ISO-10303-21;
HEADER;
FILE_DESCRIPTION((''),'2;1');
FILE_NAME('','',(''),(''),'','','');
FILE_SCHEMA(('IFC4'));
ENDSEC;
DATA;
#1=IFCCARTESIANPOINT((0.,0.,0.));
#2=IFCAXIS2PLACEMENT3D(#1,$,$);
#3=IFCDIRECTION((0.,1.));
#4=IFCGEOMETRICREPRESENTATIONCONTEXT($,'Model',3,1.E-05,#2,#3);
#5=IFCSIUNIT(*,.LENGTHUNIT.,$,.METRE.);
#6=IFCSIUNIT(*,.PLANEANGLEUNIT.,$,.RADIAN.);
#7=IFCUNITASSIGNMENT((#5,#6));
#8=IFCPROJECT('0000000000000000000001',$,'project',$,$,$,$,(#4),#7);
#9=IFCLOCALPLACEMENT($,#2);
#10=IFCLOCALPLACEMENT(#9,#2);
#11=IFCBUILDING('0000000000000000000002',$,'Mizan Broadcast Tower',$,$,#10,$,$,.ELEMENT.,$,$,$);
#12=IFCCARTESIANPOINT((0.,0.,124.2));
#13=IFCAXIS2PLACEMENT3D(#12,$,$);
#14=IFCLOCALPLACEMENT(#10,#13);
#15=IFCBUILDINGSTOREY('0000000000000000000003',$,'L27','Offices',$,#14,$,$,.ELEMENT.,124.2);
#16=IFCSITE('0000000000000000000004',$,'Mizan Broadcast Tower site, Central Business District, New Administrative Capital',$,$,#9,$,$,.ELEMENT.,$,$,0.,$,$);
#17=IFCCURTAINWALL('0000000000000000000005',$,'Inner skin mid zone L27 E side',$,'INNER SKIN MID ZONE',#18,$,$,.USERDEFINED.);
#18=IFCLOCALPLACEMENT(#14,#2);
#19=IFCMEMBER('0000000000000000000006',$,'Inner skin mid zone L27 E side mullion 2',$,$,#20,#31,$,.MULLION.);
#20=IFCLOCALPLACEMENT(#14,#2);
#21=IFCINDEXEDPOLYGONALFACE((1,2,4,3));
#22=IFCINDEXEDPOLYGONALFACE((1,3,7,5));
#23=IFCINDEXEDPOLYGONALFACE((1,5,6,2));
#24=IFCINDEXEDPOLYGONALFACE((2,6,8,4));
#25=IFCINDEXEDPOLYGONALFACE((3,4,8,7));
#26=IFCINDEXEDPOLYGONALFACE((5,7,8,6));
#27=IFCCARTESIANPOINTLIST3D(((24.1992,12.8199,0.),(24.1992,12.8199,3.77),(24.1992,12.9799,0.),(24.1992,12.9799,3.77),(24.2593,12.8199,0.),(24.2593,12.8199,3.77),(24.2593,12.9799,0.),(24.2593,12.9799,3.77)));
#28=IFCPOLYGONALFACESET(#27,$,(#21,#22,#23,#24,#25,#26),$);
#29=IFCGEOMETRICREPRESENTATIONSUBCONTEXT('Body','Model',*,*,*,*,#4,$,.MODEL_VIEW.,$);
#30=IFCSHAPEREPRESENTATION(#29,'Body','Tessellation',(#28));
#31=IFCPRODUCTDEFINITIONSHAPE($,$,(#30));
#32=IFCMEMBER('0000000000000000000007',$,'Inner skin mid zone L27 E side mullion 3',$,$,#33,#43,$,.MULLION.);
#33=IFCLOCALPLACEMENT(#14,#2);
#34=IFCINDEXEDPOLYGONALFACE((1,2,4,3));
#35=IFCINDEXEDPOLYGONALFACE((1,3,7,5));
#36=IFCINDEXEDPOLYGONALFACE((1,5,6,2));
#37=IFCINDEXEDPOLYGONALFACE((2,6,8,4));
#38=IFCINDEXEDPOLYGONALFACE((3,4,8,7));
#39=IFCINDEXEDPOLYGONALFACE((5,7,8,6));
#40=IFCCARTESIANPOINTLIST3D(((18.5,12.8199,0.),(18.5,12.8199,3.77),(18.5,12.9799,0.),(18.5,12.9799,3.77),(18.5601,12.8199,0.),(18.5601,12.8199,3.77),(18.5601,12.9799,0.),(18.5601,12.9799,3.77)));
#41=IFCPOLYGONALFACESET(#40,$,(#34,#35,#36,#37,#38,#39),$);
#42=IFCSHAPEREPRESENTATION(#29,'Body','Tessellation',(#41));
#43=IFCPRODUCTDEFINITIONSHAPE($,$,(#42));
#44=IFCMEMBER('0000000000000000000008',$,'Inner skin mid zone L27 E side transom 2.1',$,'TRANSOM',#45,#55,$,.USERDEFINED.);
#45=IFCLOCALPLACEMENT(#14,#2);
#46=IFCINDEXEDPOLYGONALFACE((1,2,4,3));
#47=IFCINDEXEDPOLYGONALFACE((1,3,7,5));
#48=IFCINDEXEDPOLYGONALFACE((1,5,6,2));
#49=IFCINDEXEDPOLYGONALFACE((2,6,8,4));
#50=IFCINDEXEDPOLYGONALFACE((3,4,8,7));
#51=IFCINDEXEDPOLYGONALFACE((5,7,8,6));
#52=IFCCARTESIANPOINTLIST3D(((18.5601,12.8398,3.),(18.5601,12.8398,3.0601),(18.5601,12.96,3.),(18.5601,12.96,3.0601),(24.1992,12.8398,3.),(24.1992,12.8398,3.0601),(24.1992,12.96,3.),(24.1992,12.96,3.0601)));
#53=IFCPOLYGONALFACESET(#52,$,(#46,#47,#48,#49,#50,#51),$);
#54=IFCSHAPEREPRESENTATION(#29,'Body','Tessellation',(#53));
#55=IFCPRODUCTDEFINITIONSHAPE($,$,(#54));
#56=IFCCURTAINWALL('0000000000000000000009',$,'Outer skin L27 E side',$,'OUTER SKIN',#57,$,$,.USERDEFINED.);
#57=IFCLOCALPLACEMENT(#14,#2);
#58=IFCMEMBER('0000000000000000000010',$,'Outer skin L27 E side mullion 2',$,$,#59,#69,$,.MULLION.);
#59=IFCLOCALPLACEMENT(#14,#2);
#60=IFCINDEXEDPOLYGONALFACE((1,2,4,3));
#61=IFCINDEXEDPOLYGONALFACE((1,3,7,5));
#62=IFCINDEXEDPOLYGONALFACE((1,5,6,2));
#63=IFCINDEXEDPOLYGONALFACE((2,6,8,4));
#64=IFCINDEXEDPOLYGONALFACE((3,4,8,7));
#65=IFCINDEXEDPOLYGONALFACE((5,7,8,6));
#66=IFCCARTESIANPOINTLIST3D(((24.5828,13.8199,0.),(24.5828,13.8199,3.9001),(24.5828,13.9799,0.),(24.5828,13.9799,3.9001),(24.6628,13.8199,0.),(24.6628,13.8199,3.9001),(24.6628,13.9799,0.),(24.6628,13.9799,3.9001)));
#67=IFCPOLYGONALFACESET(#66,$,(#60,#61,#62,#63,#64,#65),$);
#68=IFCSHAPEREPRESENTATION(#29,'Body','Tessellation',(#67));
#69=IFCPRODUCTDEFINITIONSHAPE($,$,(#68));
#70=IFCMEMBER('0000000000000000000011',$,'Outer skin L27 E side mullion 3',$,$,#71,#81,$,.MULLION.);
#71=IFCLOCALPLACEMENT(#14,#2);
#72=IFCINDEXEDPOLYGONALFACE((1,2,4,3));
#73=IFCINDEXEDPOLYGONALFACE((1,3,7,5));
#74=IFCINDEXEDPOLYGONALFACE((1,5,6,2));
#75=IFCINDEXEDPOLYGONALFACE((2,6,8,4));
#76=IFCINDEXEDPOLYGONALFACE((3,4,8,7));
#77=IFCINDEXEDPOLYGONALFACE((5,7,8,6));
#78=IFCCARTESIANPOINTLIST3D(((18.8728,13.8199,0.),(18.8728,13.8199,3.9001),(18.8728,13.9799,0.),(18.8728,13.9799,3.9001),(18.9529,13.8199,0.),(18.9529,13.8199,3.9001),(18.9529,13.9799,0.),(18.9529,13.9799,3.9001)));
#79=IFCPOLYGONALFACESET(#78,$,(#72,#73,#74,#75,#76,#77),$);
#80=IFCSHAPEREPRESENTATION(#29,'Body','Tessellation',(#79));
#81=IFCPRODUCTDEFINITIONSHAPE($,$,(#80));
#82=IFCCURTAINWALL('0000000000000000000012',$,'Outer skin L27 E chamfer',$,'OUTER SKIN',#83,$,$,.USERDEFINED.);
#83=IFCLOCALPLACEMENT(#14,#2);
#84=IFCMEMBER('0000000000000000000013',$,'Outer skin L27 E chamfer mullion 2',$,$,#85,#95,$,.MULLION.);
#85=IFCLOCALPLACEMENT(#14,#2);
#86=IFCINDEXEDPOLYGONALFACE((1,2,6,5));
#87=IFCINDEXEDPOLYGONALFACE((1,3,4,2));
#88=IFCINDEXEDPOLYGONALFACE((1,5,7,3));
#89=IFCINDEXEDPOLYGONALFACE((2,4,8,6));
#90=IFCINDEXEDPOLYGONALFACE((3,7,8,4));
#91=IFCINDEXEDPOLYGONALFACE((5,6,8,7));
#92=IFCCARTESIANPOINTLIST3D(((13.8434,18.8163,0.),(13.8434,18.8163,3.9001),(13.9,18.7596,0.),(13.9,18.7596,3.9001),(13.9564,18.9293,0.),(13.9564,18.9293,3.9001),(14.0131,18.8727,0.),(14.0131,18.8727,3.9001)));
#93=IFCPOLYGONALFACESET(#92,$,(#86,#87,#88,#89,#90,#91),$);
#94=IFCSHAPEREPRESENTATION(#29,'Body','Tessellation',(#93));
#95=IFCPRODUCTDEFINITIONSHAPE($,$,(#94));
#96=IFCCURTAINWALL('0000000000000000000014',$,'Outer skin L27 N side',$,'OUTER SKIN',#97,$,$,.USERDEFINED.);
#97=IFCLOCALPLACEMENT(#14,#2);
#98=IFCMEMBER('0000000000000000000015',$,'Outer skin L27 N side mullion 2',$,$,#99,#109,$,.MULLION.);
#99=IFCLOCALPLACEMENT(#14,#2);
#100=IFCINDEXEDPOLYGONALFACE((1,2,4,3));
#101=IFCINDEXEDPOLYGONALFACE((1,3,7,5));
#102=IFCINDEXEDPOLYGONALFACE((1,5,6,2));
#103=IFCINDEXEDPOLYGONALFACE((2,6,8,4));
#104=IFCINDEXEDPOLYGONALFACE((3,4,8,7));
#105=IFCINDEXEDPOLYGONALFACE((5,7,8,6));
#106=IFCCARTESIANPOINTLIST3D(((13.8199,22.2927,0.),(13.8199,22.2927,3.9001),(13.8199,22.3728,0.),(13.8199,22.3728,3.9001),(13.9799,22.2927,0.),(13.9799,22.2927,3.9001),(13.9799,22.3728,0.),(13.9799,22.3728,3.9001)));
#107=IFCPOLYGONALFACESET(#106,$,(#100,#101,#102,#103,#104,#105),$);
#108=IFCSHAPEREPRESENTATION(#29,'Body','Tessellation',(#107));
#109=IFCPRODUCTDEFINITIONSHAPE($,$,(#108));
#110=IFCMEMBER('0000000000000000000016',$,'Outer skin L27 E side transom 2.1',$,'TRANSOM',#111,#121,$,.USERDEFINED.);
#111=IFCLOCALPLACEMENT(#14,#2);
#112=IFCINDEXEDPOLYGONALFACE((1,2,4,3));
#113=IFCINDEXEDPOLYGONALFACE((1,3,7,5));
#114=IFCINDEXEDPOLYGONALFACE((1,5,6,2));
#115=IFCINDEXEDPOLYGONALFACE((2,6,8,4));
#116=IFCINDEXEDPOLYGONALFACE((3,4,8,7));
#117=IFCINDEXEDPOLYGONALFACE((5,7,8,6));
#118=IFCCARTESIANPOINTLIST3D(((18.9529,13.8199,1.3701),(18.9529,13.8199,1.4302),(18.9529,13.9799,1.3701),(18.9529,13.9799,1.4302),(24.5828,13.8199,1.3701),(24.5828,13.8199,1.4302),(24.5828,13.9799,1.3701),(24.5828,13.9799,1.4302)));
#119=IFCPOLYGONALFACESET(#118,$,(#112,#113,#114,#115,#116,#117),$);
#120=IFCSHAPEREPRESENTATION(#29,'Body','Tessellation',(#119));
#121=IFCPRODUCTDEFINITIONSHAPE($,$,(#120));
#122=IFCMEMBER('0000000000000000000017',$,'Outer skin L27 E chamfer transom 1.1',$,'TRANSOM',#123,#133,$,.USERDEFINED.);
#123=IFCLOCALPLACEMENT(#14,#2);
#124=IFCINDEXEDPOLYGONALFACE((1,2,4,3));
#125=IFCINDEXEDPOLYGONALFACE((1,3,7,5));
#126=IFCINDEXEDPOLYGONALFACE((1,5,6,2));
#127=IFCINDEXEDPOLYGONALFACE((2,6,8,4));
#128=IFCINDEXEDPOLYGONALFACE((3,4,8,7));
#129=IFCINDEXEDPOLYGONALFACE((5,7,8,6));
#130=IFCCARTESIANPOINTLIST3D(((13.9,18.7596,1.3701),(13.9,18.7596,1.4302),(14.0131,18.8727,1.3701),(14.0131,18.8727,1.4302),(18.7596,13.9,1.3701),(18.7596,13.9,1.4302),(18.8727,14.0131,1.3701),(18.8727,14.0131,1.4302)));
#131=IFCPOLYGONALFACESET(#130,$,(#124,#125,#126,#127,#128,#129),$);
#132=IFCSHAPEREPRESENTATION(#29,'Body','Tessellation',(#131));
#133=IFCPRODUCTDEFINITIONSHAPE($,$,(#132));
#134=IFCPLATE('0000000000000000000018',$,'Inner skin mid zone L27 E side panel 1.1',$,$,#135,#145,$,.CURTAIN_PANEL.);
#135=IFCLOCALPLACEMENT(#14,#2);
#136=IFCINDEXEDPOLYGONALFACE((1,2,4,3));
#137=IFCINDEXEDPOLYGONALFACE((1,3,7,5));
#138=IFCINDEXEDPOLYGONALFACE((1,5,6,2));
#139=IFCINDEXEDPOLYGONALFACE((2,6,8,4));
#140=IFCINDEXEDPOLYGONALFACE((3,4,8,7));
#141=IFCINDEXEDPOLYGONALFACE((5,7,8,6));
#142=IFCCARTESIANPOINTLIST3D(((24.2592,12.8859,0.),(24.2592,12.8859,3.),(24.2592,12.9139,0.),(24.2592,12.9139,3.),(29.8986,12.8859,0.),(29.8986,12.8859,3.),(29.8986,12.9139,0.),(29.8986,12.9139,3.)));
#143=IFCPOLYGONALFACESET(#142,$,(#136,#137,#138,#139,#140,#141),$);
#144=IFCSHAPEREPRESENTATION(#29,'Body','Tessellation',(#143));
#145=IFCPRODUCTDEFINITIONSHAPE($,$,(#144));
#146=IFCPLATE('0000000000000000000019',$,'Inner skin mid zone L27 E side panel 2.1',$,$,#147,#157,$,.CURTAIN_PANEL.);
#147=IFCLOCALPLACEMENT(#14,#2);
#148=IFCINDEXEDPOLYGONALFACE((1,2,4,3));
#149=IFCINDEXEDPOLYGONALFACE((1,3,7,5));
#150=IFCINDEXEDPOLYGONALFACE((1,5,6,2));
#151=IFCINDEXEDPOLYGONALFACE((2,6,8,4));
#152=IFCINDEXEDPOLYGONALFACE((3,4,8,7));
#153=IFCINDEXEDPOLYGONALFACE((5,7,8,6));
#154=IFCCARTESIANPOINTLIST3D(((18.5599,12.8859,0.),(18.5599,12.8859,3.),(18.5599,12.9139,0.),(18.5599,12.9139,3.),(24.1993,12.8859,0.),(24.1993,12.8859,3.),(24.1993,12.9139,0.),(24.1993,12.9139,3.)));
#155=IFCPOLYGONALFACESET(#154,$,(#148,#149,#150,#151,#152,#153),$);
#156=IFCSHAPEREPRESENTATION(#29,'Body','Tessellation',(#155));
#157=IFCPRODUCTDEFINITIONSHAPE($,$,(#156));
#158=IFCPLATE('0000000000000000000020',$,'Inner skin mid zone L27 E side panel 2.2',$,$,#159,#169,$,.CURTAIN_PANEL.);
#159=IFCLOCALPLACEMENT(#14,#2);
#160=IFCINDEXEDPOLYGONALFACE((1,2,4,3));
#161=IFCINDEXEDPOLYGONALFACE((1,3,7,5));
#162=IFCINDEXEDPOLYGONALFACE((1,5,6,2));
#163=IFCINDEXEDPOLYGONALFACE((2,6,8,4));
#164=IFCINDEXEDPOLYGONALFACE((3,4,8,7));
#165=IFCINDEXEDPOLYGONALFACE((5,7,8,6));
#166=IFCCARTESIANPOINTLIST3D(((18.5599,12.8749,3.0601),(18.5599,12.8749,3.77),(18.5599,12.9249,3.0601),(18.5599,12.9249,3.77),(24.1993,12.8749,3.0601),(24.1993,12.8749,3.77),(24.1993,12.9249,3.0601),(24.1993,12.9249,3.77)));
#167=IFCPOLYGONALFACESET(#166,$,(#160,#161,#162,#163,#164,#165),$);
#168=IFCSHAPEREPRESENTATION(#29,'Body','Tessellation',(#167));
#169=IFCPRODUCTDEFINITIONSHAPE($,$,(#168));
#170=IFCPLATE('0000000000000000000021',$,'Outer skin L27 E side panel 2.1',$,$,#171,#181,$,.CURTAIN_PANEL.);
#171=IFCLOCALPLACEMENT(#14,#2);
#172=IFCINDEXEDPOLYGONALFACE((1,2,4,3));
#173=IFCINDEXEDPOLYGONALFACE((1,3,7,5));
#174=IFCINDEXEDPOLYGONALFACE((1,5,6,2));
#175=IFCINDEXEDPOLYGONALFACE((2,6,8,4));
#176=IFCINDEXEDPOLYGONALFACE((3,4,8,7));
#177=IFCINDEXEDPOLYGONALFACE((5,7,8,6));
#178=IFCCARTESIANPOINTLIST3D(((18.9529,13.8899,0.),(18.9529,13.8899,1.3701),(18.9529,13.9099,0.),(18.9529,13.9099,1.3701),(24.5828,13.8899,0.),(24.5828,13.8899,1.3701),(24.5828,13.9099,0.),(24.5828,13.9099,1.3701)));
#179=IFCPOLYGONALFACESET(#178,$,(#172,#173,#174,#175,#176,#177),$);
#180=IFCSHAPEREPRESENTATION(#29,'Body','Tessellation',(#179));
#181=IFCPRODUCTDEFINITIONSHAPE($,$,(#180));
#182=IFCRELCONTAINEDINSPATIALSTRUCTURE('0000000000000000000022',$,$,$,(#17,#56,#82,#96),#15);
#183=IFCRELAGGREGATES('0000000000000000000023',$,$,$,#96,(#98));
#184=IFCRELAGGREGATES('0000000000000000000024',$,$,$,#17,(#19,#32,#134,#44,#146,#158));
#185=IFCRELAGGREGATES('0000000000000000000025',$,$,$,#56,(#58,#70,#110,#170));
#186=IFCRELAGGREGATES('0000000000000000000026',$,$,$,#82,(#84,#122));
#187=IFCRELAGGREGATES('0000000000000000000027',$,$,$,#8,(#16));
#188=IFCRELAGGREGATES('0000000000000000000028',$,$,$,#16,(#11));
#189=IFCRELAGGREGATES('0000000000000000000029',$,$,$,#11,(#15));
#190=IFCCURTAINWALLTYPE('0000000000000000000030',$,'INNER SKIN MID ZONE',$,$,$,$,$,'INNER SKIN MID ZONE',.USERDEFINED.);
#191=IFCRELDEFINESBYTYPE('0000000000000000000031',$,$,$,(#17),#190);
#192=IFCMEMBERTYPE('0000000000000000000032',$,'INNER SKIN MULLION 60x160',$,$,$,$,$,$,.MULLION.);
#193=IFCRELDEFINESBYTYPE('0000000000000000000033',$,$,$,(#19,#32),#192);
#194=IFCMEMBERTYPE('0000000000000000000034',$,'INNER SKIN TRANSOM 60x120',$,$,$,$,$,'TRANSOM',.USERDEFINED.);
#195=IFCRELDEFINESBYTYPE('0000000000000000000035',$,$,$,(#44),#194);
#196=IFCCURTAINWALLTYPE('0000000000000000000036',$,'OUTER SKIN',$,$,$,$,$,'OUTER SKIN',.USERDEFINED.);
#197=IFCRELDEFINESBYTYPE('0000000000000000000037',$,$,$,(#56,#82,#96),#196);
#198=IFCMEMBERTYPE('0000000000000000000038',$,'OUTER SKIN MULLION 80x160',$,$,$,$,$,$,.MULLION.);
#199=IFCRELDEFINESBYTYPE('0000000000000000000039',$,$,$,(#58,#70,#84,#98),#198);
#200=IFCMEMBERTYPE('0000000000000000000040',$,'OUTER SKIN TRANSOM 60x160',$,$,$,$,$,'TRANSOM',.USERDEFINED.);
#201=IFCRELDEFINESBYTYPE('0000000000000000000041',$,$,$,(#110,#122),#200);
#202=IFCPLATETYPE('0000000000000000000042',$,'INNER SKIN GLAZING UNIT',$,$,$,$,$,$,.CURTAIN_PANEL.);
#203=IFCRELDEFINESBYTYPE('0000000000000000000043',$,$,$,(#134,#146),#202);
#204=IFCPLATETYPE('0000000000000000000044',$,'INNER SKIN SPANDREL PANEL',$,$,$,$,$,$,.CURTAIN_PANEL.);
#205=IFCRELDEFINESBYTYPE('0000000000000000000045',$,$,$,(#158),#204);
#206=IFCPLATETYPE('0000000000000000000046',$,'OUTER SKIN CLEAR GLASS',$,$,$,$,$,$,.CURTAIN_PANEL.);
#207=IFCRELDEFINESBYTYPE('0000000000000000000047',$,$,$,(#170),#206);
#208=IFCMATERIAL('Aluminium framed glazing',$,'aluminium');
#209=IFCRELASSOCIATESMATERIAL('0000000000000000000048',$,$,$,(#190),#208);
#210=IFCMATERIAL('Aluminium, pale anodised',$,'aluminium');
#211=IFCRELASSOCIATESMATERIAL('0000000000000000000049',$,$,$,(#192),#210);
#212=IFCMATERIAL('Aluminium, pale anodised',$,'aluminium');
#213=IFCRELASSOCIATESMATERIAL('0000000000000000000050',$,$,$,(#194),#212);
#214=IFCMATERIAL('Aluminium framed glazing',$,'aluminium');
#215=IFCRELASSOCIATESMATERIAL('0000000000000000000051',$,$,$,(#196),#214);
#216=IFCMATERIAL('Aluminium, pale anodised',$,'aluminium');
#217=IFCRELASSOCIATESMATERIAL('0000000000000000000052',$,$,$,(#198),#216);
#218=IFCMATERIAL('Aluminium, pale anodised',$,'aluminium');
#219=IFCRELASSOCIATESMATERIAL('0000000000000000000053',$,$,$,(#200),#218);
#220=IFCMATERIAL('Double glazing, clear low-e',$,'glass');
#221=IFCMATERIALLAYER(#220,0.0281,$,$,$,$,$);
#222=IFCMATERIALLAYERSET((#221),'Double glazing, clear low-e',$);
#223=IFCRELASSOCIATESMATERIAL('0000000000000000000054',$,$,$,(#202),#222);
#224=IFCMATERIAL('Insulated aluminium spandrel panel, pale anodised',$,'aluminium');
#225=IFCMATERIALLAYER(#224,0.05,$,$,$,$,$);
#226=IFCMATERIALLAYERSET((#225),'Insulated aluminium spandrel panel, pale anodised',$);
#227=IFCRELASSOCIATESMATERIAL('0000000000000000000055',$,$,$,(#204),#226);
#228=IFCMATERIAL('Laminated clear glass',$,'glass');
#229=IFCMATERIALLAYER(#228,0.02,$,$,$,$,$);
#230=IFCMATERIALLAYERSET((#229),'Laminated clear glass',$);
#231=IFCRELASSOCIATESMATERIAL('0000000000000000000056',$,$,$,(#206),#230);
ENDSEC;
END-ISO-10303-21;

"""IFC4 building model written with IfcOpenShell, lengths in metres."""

from ifc_helpers import new_model, si_unit, direction, frame, origin, origin_2d, place, context, subcontext, project, spatial, rectangle, extrude, material, layer, layer_set, material_profile, profile_set, type_object, element, aggregate, save


model = new_model("IFC4")

# Units and contexts
model_context = context("Model", 3, precision=1e-05, world=origin(), true_north=direction((0.0, 1.0)))
body_context = subcontext(model_context, "Body", "Model", "MODEL_VIEW")
ifc_project = project(units=[si_unit("LENGTHUNIT", "METRE"), si_unit("PLANEANGLEUNIT", "RADIAN")], contexts=[model_context])

# Site, building, storey
site_placement = place(None, origin())
site = spatial("IfcSite", under=ifc_project, at=site_placement, Name="Mizan Broadcast Tower site, Central Business District, New Administrative Capital", CompositionType="ELEMENT", RefElevation=0.0)
building_placement = place(site_placement, origin())
building = spatial("IfcBuilding", under=site, at=building_placement, Name="Mizan Broadcast Tower", CompositionType="ELEMENT")
storey_placement = place(building_placement, frame((0.0, 0.0, 124.2)))
storey = spatial("IfcBuildingStorey", under=building, at=storey_placement, Name="L27", Description="Offices", CompositionType="ELEMENT", Elevation=124.2)

# Curtain walls, members
ifc_material_1 = material(Name="Aluminium framed glazing", Category="aluminium")
curtain_wall_type_1 = type_object("IfcCurtainWallType", Name="INNER SKIN MID ZONE", ElementType="INNER SKIN MID ZONE", PredefinedType="USERDEFINED", material=ifc_material_1)
curtain_wall_1_placement = place(storey_placement, origin())
curtain_wall_1 = element("IfcCurtainWall", 1, at=curtain_wall_1_placement, inside=storey, type_object=curtain_wall_type_1, Name="Inner skin mid zone L27 E side", ObjectType="INNER SKIN MID ZONE", PredefinedType="USERDEFINED")
ifc_material_2 = material(Name="Aluminium, pale anodised", Category="aluminium")
ifc_material_profile_1 = material_profile(ifc_material_2, rectangle(XDim=0.1599, YDim=0.0601, at=origin_2d()), Name="MULLION 160x60")
ifc_profile_set_1 = profile_set([ifc_material_profile_1], Name="Aluminium, pale anodised")
member_type_1 = type_object("IfcMemberType", Name="INNER SKIN MULLION 60x160", PredefinedType="MULLION", material=ifc_profile_set_1)
member_1_placement = place(storey_placement, frame((24.2292, 12.8999, 0.0), z_axis=(0.0, 0.0, 1.0), x_axis=(0.0, -1.0, 0.0)))
member_1 = element("IfcMember", 2, at=member_1_placement, type_object=member_type_1, Name="Inner skin mid zone L27 E side mullion 2", PredefinedType="MULLION", context=body_context, shape_type="SweptSolid", body=[
    extrude(rectangle(XDim=0.1599, YDim=0.0601, at=origin_2d()), origin(), (0.0, 0.0, 1.0), 3.77),
])
member_2_placement = place(storey_placement, frame((18.53, 12.8999, 0.0), z_axis=(0.0, 0.0, 1.0), x_axis=(0.0, -1.0, 0.0)))
member_2 = element("IfcMember", 3, at=member_2_placement, type_object=member_type_1, Name="Inner skin mid zone L27 E side mullion 3", PredefinedType="MULLION", context=body_context, shape_type="SweptSolid", body=[
    extrude(rectangle(XDim=0.1599, YDim=0.0601, at=origin_2d()), origin(), (0.0, 0.0, 1.0), 3.77),
])
ifc_material_3 = material(Name="Aluminium, pale anodised", Category="aluminium")
ifc_material_profile_2 = material_profile(ifc_material_3, rectangle(XDim=0.1201, YDim=0.0601, at=origin_2d()), Name="TRANSOM 120x60")
ifc_profile_set_2 = profile_set([ifc_material_profile_2], Name="Aluminium, pale anodised")
member_type_2 = type_object("IfcMemberType", Name="INNER SKIN TRANSOM 60x120", ElementType="TRANSOM", PredefinedType="USERDEFINED", material=ifc_profile_set_2)
member_3_placement = place(storey_placement, frame((24.1992, 12.8999, 3.03), z_axis=(-1.0, 0.0, 0.0), x_axis=(0.0, -1.0, 0.0)))
member_3 = element("IfcMember", 4, at=member_3_placement, type_object=member_type_2, Name="Inner skin mid zone L27 E side transom 2.1", ObjectType="TRANSOM", PredefinedType="USERDEFINED", context=body_context, shape_type="SweptSolid", body=[
    extrude(rectangle(XDim=0.1201, YDim=0.0601, at=origin_2d()), origin(), (0.0, 0.0, 1.0), 5.6392),
])
ifc_material_4 = material(Name="Aluminium framed glazing", Category="aluminium")
curtain_wall_type_2 = type_object("IfcCurtainWallType", Name="OUTER SKIN", ElementType="OUTER SKIN", PredefinedType="USERDEFINED", material=ifc_material_4)
curtain_wall_2_placement = place(storey_placement, origin())
curtain_wall_2 = element("IfcCurtainWall", 5, at=curtain_wall_2_placement, inside=storey, type_object=curtain_wall_type_2, Name="Outer skin L27 E side", ObjectType="OUTER SKIN", PredefinedType="USERDEFINED")
ifc_material_5 = material(Name="Aluminium, pale anodised", Category="aluminium")
ifc_material_profile_3 = material_profile(ifc_material_5, rectangle(XDim=0.1599, YDim=0.0801, at=origin_2d()), Name="MULLION 160x80")
ifc_profile_set_3 = profile_set([ifc_material_profile_3], Name="Aluminium, pale anodised")
member_type_3 = type_object("IfcMemberType", Name="OUTER SKIN MULLION 80x160", PredefinedType="MULLION", material=ifc_profile_set_3)
member_4_placement = place(storey_placement, frame((24.6228, 13.8999, 0.0), z_axis=(0.0, 0.0, 1.0), x_axis=(0.0, -1.0, 0.0)))
member_4 = element("IfcMember", 6, at=member_4_placement, type_object=member_type_3, Name="Outer skin L27 E side mullion 2", PredefinedType="MULLION", context=body_context, shape_type="SweptSolid", body=[
    extrude(rectangle(XDim=0.1599, YDim=0.0801, at=origin_2d()), origin(), (0.0, 0.0, 1.0), 3.9001),
])
member_5_placement = place(storey_placement, frame((18.9128, 13.8999, 0.0), z_axis=(0.0, 0.0, 1.0), x_axis=(0.0, -1.0, 0.0)))
member_5 = element("IfcMember", 7, at=member_5_placement, type_object=member_type_3, Name="Outer skin L27 E side mullion 3", PredefinedType="MULLION", context=body_context, shape_type="SweptSolid", body=[
    extrude(rectangle(XDim=0.1599, YDim=0.0801, at=origin_2d()), origin(), (0.0, 0.0, 1.0), 3.9001),
])

# Curtain walls, members
curtain_wall_3_placement = place(storey_placement, origin())
curtain_wall_3 = element("IfcCurtainWall", 8, at=curtain_wall_3_placement, inside=storey, type_object=curtain_wall_type_2, Name="Outer skin L27 E chamfer", ObjectType="OUTER SKIN", PredefinedType="USERDEFINED")
member_6_placement = place(storey_placement, frame((13.9282, 18.8445, 0.0), z_axis=(0.0, 0.0, 1.0), x_axis=(-0.707107, -0.707107, 0.0)))
member_6 = element("IfcMember", 9, at=member_6_placement, type_object=member_type_3, Name="Outer skin L27 E chamfer mullion 2", PredefinedType="MULLION", context=body_context, shape_type="SweptSolid", body=[
    extrude(rectangle(XDim=0.1599, YDim=0.0801, at=origin_2d()), origin(), (0.0, 0.0, 1.0), 3.9001),
])
curtain_wall_4_placement = place(storey_placement, origin())
curtain_wall_4 = element("IfcCurtainWall", 10, at=curtain_wall_4_placement, inside=storey, type_object=curtain_wall_type_2, Name="Outer skin L27 N side", ObjectType="OUTER SKIN", PredefinedType="USERDEFINED")
member_7_placement = place(storey_placement, frame((13.8999, 22.3328, 0.0), z_axis=(0.0, 0.0, 1.0), x_axis=(-1.0, 0.0, 0.0)))
member_7 = element("IfcMember", 11, at=member_7_placement, type_object=member_type_3, Name="Outer skin L27 N side mullion 2", PredefinedType="MULLION", context=body_context, shape_type="SweptSolid", body=[
    extrude(rectangle(XDim=0.1599, YDim=0.0801, at=origin_2d()), origin(), (0.0, 0.0, 1.0), 3.9001),
])
aggregate(curtain_wall_4, [member_7])

# Members
ifc_material_6 = material(Name="Aluminium, pale anodised", Category="aluminium")
ifc_material_profile_4 = material_profile(ifc_material_6, rectangle(XDim=0.1599, YDim=0.0601, at=origin_2d()), Name="TRANSOM 160x60")
ifc_profile_set_4 = profile_set([ifc_material_profile_4], Name="Aluminium, pale anodised")
member_type_4 = type_object("IfcMemberType", Name="OUTER SKIN TRANSOM 60x160", ElementType="TRANSOM", PredefinedType="USERDEFINED", material=ifc_profile_set_4)
member_8_placement = place(storey_placement, frame((24.5828, 13.8999, 1.4001), z_axis=(-1.0, 0.0, 0.0), x_axis=(0.0, -1.0, 0.0)))
member_8 = element("IfcMember", 12, at=member_8_placement, type_object=member_type_4, Name="Outer skin L27 E side transom 2.1", ObjectType="TRANSOM", PredefinedType="USERDEFINED", context=body_context, shape_type="SweptSolid", body=[
    extrude(rectangle(XDim=0.1599, YDim=0.0601, at=origin_2d()), origin(), (0.0, 0.0, 1.0), 5.6299),
])
member_9_placement = place(storey_placement, frame((18.8162, 13.9565, 1.4001), z_axis=(-0.707107, 0.707107, 0.0), x_axis=(-0.707107, -0.707107, 0.0)))
member_9 = element("IfcMember", 13, at=member_9_placement, type_object=member_type_4, Name="Outer skin L27 E chamfer transom 1.1", ObjectType="TRANSOM", PredefinedType="USERDEFINED", context=body_context, shape_type="SweptSolid", body=[
    extrude(rectangle(XDim=0.1599, YDim=0.0601, at=origin_2d()), origin(), (0.0, 0.0, 1.0), 6.8726),
])

# Plates
ifc_material_7 = material(Name="Double glazing, clear low-e", Category="glass")
ifc_layer_1 = layer(ifc_material_7, 0.0281)
ifc_layer_set_1 = layer_set([ifc_layer_1], Name="Double glazing, clear low-e")
plate_type_1 = type_object("IfcPlateType", Name="INNER SKIN GLAZING UNIT", PredefinedType="CURTAIN_PANEL", material=ifc_layer_set_1)
plate_1_placement = place(storey_placement, frame((27.0789, 12.8999, 0.0), z_axis=(0.0, 0.0, 1.0), x_axis=(-1.0, 0.0, 0.0)))
plate_1 = element("IfcPlate", 14, at=plate_1_placement, type_object=plate_type_1, Name="Inner skin mid zone L27 E side panel 1.1", PredefinedType="CURTAIN_PANEL", context=body_context, shape_type="SweptSolid", body=[
    extrude(rectangle(XDim=5.6394, YDim=0.0281, at=origin_2d()), origin(), (0.0, 0.0, 1.0), 3.0),
])
plate_2_placement = place(storey_placement, frame((21.3796, 12.8999, 0.0), z_axis=(0.0, 0.0, 1.0), x_axis=(-1.0, 0.0, 0.0)))
plate_2 = element("IfcPlate", 15, at=plate_2_placement, type_object=plate_type_1, Name="Inner skin mid zone L27 E side panel 2.1", PredefinedType="CURTAIN_PANEL", context=body_context, shape_type="SweptSolid", body=[
    extrude(rectangle(XDim=5.6394, YDim=0.0281, at=origin_2d()), origin(), (0.0, 0.0, 1.0), 3.0),
])
ifc_material_8 = material(Name="Insulated aluminium spandrel panel, pale anodised", Category="aluminium")
ifc_layer_2 = layer(ifc_material_8, 0.05)
ifc_layer_set_2 = layer_set([ifc_layer_2], Name="Insulated aluminium spandrel panel, pale anodised")
plate_type_2 = type_object("IfcPlateType", Name="INNER SKIN SPANDREL PANEL", PredefinedType="CURTAIN_PANEL", material=ifc_layer_set_2)
plate_3_placement = place(storey_placement, frame((21.3796, 12.8999, 3.0601), z_axis=(0.0, 0.0, 1.0), x_axis=(-1.0, 0.0, 0.0)))
plate_3 = element("IfcPlate", 16, at=plate_3_placement, type_object=plate_type_2, Name="Inner skin mid zone L27 E side panel 2.2", PredefinedType="CURTAIN_PANEL", context=body_context, shape_type="SweptSolid", body=[
    extrude(rectangle(XDim=5.6394, YDim=0.05, at=origin_2d()), origin(), (0.0, 0.0, 1.0), 0.71),
])
aggregate(curtain_wall_1, [member_1, member_2, plate_1, member_3, plate_2, plate_3])
ifc_material_9 = material(Name="Laminated clear glass", Category="glass")
ifc_layer_3 = layer(ifc_material_9, 0.02)
ifc_layer_set_3 = layer_set([ifc_layer_3], Name="Laminated clear glass")
plate_type_3 = type_object("IfcPlateType", Name="OUTER SKIN CLEAR GLASS", PredefinedType="CURTAIN_PANEL", material=ifc_layer_set_3)
plate_4_placement = place(storey_placement, frame((21.7678, 13.8999, 0.0), z_axis=(0.0, 0.0, 1.0), x_axis=(-1.0, 0.0, 0.0)))
plate_4 = element("IfcPlate", 17, at=plate_4_placement, type_object=plate_type_3, Name="Outer skin L27 E side panel 2.1", PredefinedType="CURTAIN_PANEL", context=body_context, shape_type="SweptSolid", body=[
    extrude(rectangle(XDim=5.6299, YDim=0.02, at=origin_2d()), origin(), (0.0, 0.0, 1.0), 1.3701),
])
aggregate(curtain_wall_2, [member_4, member_5, member_8, plate_4])
aggregate(curtain_wall_3, [member_6, member_9])

save(model, "model.ifc")
